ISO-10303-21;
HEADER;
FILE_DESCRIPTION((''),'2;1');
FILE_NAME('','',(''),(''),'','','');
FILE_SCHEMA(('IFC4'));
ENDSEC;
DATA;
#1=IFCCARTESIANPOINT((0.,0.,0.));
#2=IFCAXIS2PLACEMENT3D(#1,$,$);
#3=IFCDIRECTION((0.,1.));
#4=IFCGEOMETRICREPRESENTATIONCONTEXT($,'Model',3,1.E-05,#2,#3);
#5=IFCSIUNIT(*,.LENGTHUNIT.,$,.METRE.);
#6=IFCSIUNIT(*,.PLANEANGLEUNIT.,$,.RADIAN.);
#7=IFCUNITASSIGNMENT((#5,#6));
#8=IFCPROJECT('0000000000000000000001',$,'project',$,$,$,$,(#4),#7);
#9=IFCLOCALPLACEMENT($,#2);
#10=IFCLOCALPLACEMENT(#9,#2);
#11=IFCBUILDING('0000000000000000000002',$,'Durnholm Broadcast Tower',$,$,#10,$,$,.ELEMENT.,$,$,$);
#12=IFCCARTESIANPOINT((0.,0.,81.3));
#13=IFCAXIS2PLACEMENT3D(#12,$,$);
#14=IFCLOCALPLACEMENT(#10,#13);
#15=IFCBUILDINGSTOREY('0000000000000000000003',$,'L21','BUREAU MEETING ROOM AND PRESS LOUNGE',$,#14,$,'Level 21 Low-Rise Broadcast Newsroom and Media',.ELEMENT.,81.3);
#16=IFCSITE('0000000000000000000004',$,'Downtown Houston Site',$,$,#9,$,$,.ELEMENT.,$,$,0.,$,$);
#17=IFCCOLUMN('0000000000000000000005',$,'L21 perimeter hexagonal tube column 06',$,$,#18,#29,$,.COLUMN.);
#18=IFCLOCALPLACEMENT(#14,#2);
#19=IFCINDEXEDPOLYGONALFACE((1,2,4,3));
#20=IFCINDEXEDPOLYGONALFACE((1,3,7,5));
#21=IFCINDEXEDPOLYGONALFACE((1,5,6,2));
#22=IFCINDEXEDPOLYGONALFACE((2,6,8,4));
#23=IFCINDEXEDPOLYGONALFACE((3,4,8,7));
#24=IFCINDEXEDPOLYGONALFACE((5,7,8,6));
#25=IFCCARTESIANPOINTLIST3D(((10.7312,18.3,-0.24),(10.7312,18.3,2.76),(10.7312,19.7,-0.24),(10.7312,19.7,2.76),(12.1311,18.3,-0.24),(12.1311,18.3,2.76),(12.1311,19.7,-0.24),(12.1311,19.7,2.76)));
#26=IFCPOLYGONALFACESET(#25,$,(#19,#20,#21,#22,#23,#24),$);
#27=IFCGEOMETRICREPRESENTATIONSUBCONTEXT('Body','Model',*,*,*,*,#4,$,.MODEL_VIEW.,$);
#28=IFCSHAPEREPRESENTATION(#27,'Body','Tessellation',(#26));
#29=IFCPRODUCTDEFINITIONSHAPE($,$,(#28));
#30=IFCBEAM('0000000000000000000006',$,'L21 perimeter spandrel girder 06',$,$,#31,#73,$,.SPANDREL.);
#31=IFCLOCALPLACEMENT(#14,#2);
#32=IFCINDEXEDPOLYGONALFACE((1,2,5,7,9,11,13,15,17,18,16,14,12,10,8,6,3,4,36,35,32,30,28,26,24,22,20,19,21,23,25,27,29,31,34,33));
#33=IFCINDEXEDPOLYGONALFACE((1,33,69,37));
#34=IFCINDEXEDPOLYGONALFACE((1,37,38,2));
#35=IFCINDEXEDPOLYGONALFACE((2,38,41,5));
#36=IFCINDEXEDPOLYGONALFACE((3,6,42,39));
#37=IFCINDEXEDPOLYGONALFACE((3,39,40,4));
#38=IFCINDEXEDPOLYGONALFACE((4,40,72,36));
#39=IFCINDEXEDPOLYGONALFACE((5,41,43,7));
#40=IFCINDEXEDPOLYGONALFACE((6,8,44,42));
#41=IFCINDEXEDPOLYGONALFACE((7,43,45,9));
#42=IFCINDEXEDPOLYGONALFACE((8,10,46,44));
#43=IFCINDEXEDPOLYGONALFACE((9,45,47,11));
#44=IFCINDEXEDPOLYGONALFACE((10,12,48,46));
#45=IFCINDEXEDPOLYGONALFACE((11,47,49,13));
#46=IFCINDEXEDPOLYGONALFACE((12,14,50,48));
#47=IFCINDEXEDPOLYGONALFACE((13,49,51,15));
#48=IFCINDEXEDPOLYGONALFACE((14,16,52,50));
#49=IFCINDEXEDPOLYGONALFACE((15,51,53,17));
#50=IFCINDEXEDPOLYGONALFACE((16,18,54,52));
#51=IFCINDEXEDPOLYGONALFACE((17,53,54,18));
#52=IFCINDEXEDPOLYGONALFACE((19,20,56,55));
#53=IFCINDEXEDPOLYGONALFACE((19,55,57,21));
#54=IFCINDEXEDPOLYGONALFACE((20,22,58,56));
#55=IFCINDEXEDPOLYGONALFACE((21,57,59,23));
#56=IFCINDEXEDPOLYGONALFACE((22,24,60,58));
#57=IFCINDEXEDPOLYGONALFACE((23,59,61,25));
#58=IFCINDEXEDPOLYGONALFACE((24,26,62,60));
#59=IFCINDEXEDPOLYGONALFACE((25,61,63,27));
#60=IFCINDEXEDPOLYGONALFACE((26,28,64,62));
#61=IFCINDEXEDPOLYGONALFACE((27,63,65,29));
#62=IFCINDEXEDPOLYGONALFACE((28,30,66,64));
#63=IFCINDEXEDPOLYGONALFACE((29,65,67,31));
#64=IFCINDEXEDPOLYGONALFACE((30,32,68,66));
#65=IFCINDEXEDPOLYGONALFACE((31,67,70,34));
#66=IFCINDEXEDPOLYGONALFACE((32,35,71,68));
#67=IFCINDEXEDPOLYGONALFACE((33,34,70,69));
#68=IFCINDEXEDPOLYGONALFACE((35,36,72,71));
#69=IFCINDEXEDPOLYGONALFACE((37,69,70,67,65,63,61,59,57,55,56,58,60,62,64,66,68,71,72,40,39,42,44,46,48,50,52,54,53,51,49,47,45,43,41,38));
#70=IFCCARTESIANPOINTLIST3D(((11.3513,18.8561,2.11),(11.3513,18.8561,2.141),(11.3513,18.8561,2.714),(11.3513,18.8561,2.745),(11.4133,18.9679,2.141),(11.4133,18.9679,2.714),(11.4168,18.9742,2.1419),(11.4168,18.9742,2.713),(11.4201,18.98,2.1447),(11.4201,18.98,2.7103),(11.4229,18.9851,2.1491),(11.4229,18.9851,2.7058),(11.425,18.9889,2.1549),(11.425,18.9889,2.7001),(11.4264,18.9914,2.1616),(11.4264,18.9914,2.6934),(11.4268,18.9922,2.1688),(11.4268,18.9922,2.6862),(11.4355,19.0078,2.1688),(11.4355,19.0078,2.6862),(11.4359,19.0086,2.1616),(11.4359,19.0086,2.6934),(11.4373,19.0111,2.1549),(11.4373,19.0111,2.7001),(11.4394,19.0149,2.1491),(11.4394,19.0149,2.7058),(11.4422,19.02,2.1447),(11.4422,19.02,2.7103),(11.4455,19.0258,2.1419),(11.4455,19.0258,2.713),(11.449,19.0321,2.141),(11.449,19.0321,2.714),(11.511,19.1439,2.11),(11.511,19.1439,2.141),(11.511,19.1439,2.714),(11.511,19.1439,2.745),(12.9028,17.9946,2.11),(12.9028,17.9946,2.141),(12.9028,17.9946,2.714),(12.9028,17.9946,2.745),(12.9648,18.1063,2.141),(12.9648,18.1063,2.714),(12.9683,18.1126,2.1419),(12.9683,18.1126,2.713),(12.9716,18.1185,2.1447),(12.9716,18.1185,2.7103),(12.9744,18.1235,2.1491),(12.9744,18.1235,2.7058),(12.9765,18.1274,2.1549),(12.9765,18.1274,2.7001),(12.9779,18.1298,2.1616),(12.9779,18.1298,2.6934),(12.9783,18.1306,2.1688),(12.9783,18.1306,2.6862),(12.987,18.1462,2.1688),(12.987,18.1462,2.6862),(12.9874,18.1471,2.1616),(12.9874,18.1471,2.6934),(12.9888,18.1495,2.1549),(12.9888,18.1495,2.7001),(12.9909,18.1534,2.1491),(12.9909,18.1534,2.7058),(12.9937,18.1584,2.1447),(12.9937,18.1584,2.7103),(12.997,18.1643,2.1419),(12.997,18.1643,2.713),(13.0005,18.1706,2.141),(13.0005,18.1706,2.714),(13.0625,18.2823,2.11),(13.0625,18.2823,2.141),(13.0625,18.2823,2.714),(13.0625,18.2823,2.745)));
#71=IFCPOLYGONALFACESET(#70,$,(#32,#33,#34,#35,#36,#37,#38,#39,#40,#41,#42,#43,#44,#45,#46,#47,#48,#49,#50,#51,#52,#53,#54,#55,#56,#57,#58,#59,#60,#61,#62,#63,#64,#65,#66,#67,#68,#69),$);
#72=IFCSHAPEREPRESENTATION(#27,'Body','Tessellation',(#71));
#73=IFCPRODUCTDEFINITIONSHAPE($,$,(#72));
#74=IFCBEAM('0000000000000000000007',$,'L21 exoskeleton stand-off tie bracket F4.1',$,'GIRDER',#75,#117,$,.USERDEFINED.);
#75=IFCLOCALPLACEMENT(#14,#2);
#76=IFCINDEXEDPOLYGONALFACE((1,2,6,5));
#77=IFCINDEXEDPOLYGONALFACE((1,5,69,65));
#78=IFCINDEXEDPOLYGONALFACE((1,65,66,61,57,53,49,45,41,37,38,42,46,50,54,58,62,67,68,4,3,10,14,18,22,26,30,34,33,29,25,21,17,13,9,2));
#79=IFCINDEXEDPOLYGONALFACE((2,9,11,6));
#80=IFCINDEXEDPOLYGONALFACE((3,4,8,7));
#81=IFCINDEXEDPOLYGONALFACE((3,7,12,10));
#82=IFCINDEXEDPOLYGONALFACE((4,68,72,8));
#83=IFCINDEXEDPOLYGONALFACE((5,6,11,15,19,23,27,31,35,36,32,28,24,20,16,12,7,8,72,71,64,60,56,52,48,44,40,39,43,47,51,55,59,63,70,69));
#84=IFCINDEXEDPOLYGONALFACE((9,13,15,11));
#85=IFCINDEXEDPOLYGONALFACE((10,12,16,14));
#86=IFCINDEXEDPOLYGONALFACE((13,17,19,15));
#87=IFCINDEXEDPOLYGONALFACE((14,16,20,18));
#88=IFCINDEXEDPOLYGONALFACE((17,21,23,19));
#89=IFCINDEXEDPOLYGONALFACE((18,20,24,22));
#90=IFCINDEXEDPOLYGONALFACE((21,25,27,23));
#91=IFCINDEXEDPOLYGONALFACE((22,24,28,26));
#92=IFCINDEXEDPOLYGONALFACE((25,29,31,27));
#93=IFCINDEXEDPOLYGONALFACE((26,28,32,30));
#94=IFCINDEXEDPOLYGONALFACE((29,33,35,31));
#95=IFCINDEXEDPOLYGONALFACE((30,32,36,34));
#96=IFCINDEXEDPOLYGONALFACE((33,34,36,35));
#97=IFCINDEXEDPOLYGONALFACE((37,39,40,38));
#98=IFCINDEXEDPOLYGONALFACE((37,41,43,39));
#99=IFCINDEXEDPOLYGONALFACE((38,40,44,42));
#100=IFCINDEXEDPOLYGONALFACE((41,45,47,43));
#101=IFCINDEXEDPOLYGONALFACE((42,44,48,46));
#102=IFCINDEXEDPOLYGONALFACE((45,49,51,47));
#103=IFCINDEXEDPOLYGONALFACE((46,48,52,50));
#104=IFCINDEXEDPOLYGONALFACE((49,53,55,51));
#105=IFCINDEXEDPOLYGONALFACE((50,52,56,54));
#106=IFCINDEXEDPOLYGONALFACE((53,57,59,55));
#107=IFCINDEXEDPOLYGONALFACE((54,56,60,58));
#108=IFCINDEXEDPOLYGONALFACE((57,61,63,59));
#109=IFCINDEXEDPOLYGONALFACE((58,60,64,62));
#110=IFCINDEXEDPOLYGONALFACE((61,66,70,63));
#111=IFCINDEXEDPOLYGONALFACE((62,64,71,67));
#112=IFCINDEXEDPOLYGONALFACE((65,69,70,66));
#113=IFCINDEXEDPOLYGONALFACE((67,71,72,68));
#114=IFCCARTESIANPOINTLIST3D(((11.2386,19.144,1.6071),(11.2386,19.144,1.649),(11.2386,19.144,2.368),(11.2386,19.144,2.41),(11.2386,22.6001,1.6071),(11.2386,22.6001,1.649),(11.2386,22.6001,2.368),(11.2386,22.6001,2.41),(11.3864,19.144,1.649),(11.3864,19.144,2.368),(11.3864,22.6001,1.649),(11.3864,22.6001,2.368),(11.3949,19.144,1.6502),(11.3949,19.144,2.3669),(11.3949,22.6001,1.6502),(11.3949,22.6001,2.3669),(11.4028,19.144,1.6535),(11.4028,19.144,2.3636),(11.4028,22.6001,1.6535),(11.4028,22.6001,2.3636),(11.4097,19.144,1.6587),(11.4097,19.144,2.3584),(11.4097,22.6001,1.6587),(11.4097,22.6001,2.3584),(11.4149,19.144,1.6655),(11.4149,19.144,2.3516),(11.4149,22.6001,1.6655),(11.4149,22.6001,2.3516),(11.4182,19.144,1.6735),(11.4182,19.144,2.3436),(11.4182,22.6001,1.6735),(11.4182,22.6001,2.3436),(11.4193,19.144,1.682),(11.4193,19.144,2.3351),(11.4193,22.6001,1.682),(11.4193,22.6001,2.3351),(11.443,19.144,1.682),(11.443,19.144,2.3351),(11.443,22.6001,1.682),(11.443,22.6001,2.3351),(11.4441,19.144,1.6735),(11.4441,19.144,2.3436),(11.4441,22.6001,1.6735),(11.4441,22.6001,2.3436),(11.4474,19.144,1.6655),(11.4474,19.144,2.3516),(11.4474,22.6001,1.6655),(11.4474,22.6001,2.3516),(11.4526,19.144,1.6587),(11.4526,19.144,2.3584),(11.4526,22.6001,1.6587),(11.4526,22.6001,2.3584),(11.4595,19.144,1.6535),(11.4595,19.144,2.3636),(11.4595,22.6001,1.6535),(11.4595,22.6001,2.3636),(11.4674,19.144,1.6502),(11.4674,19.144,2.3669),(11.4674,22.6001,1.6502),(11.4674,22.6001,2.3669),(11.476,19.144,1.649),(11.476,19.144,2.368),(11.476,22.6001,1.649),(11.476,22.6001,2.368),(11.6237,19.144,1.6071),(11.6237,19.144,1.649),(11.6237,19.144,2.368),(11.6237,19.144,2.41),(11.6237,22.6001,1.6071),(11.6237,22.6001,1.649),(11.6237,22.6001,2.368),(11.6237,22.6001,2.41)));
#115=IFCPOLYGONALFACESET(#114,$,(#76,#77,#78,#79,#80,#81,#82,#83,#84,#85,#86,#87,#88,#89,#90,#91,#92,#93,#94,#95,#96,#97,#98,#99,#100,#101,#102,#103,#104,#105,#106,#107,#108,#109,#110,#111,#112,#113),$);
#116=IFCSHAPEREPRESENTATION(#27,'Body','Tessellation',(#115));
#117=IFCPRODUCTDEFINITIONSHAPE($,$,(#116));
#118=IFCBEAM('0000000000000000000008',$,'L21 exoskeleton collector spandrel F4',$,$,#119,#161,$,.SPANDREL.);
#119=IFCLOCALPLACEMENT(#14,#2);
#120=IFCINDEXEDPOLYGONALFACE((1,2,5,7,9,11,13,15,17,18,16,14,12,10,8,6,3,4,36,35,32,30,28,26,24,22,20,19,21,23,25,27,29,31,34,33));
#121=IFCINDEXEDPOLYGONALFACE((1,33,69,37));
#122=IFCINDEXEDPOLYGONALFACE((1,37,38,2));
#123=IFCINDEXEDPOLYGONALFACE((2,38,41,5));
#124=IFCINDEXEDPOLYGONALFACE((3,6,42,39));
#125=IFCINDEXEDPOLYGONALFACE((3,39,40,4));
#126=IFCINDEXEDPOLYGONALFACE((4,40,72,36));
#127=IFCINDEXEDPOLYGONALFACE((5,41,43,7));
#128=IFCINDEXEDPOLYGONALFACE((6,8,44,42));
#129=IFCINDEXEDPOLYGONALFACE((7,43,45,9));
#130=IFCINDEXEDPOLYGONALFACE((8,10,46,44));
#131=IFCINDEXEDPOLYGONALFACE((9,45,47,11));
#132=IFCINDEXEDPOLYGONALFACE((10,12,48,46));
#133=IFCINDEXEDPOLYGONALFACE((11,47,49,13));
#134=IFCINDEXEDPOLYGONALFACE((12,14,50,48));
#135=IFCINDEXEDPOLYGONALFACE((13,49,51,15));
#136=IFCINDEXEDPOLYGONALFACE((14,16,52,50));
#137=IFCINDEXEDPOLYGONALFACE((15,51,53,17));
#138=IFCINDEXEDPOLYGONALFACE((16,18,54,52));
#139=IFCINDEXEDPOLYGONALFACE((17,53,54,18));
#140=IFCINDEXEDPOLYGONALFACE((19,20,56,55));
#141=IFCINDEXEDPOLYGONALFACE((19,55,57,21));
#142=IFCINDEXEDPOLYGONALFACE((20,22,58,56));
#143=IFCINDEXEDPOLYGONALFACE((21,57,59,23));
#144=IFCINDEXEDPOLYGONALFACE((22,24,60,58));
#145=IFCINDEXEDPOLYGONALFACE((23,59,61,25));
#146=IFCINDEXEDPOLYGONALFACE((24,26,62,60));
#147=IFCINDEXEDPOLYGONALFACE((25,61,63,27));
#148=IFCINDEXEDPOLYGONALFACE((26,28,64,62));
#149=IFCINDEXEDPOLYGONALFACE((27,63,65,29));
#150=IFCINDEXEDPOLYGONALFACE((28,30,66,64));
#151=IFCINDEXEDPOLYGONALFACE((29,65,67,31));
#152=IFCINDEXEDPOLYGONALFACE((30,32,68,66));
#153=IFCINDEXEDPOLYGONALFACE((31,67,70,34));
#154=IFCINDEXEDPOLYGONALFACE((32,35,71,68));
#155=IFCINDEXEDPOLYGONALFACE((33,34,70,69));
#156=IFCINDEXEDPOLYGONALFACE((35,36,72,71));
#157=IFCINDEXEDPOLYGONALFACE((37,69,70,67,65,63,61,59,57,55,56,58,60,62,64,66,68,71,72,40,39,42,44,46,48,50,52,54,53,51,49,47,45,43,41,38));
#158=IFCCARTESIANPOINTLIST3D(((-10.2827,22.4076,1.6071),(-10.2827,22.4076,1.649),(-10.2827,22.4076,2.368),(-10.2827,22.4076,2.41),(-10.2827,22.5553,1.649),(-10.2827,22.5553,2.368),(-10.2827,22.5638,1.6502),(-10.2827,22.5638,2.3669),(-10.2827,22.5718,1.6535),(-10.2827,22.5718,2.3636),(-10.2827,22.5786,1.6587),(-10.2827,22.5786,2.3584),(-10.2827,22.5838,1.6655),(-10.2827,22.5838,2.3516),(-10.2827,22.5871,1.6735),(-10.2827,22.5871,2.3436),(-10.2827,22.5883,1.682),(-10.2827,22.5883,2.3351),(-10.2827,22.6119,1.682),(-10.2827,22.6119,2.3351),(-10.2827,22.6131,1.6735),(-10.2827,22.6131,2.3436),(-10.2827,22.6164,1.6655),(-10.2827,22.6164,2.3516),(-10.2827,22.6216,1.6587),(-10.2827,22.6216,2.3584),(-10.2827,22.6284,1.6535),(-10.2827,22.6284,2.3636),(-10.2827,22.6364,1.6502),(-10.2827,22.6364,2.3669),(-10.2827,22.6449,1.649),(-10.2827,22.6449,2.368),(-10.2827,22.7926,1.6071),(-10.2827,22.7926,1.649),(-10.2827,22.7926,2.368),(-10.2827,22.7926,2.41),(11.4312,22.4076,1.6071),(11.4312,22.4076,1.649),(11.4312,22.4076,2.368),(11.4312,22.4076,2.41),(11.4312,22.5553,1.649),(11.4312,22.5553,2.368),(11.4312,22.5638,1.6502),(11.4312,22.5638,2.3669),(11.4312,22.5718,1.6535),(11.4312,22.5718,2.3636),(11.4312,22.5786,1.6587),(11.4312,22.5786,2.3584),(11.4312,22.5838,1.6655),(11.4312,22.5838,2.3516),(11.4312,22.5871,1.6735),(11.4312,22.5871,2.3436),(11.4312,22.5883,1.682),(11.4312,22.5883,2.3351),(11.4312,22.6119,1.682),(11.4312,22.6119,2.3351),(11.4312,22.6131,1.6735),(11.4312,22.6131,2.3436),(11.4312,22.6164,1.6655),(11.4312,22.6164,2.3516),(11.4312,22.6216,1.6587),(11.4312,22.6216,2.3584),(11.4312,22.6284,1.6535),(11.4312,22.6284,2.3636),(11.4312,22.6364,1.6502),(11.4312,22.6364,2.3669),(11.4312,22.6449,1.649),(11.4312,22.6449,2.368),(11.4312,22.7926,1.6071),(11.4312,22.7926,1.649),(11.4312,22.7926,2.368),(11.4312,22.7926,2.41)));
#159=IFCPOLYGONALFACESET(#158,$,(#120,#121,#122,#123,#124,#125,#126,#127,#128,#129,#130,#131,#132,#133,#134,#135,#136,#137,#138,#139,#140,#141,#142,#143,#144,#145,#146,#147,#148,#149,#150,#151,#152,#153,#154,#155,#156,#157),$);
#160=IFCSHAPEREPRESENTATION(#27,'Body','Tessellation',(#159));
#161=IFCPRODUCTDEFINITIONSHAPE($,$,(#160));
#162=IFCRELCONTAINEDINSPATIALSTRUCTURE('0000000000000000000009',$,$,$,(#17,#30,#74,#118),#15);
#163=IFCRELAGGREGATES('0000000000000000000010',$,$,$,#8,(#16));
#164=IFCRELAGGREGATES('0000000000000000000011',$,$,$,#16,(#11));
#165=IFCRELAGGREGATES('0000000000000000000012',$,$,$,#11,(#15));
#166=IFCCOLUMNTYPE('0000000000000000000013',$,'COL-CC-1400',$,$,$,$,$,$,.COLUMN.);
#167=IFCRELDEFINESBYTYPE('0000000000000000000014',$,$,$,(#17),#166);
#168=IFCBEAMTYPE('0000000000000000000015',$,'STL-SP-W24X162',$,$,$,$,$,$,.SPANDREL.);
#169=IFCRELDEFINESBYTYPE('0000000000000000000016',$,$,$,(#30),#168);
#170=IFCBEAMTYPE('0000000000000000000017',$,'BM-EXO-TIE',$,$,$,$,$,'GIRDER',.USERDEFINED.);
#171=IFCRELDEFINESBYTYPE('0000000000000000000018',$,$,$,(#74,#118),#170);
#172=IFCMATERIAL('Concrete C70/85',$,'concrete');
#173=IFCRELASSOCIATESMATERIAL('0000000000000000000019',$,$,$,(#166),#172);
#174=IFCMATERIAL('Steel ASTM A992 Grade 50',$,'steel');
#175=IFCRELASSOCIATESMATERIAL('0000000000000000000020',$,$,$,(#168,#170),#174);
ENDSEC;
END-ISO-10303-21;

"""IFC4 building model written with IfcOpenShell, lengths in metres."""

from ifc_helpers import new_model, si_unit, direction, frame, origin, origin_2d, place, context, subcontext, project, spatial, rectangle, i_section, extrude, source, transform, mapped, material, material_profile, profile_set, type_object, type_shapes, element, save


model = new_model("IFC4")

# Units and contexts
model_context = context("Model", 3, precision=1e-05, world=origin(), true_north=direction((0.0, 1.0)))
body_context = subcontext(model_context, "Body", "Model", "MODEL_VIEW")
ifc_project = project(units=[si_unit("LENGTHUNIT", "METRE"), si_unit("PLANEANGLEUNIT", "RADIAN")], contexts=[model_context])

# Site, building, storey
site_placement = place(None, origin())
site = spatial("IfcSite", under=ifc_project, at=site_placement, Name="Downtown Houston Site", CompositionType="ELEMENT", RefElevation=0.0)
building_placement = place(site_placement, origin())
building = spatial("IfcBuilding", under=site, at=building_placement, Name="Durnholm Broadcast Tower", CompositionType="ELEMENT")
storey_placement = place(building_placement, frame((0.0, 0.0, 81.3)))
storey = spatial("IfcBuildingStorey", under=building, at=storey_placement, Name="L21", Description="BUREAU MEETING ROOM AND PRESS LOUNGE", LongName="Level 21 Low-Rise Broadcast Newsroom and Media", CompositionType="ELEMENT", Elevation=81.3)

# Column
ifc_material_1 = material(Name="Concrete C70/85", Category="concrete")
ifc_material_profile_1 = material_profile(ifc_material_1, rectangle(XDim=1.3999, YDim=1.3999, at=origin_2d()), Name="RC1400X1400")
ifc_profile_set_1 = profile_set([ifc_material_profile_1], Name="Concrete C70/85")
column_type = type_object("IfcColumnType", Name="COL-CC-1400", PredefinedType="COLUMN", material=ifc_profile_set_1)
shared_shape_1 = source(origin(), body_context, "Body", "SweptSolid", [
    extrude(rectangle(XDim=1.3999, YDim=1.3999, at=origin_2d()), origin(), (0.0, 0.0, 1.0), 3.0),
])
type_shapes(column_type, [shared_shape_1])
column_placement = place(storey_placement, frame((11.4312, 19.0, -0.24), z_axis=(0.0, 0.0, 1.0), x_axis=(1.0, 0.0, 0.0)))
element("IfcColumn", 1, at=column_placement, inside=storey, type_object=column_type, Name="L21 perimeter hexagonal tube column 06", PredefinedType="COLUMN", context=body_context, shape_type="MappedRepresentation", body=[
    mapped(shared_shape_1, transform((0.0, 0.0, 0.0), x_axis=(1.0, 0.0, 0.0), y_axis=(0.0, 1.0, 0.0), z_axis=(0.0, 0.0, 1.0), scale=1.0)),
])

# Beams
ifc_material_2 = material(Name="Steel ASTM A992 Grade 50", Category="steel")
ifc_material_profile_2 = material_profile(ifc_material_2, i_section(OverallWidth=0.3291, OverallDepth=0.635, WebThickness=0.0178, FlangeThickness=0.031, FilletRadius=0.0278, at=origin_2d()), Name="W24X162")
ifc_profile_set_2 = profile_set([ifc_material_profile_2], Name="Steel ASTM A992 Grade 50")
beam_type_1 = type_object("IfcBeamType", Name="STL-SP-W24X162", PredefinedType="SPANDREL", material=ifc_profile_set_2)
shared_shape_2 = source(origin(), body_context, "Body", "SweptSolid", [
    extrude(i_section(OverallWidth=0.3291, OverallDepth=0.635, WebThickness=0.0178, FlangeThickness=0.031, FilletRadius=0.0278, at=origin_2d()), origin(), (0.0, 0.0, 1.0), 1.7747),
])
type_shapes(beam_type_1, [shared_shape_2])
beam_1_placement = place(storey_placement, frame((11.4312, 19.0, 2.4275), z_axis=(0.874248, -0.485479, 0.0), x_axis=(0.485479, 0.874248, 0.0)))
element("IfcBeam", 2, at=beam_1_placement, inside=storey, type_object=beam_type_1, Name="L21 perimeter spandrel girder 06", PredefinedType="SPANDREL", context=body_context, shape_type="MappedRepresentation", body=[
    mapped(shared_shape_2, transform((0.0, 0.0, 0.0), x_axis=(1.0, 0.0, 0.0), y_axis=(0.0, 1.0, 0.0), z_axis=(0.0, 0.0, 1.0), scale=1.0)),
])
ifc_material_profile_3 = material_profile(ifc_material_2, i_section(OverallWidth=0.385, OverallDepth=0.803, WebThickness=0.0237, FlangeThickness=0.042, FilletRadius=0.033, at=origin_2d()), Name="W30X261")
ifc_profile_set_3 = profile_set([ifc_material_profile_3], Name="Steel ASTM A992 Grade 50")
beam_type_2 = type_object("IfcBeamType", Name="BM-EXO-TIE", ElementType="GIRDER", PredefinedType="USERDEFINED", material=ifc_profile_set_3)
shared_shape_3 = source(origin(), body_context, "Body", "SweptSolid", [
    extrude(i_section(OverallWidth=0.385, OverallDepth=0.803, WebThickness=0.0237, FlangeThickness=0.042, FilletRadius=0.033, at=origin_2d()), origin(), (0.0, 0.0, 1.0), 3.4561),
])
beam_2_placement = place(storey_placement, frame((11.4312, 19.144, 2.0085), z_axis=(0.0, 1.0, 0.0), x_axis=(-1.0, 0.0, 0.0)))
element("IfcBeam", 3, at=beam_2_placement, inside=storey, type_object=beam_type_2, Name="L21 exoskeleton stand-off tie bracket F4.1", ObjectType="GIRDER", PredefinedType="USERDEFINED", context=body_context, shape_type="MappedRepresentation", body=[
    mapped(shared_shape_3, transform((0.0, 0.0, 0.0), x_axis=(1.0, 0.0, 0.0), y_axis=(0.0, 1.0, 0.0), z_axis=(0.0, 0.0, 1.0), scale=1.0)),
])
shared_shape_4 = source(origin(), body_context, "Body", "SweptSolid", [
    extrude(i_section(OverallWidth=0.385, OverallDepth=0.803, WebThickness=0.0237, FlangeThickness=0.042, FilletRadius=0.033, at=origin_2d()), origin(), (0.0, 0.0, 1.0), 21.7139),
])
type_shapes(beam_type_2, [shared_shape_3, shared_shape_4])
beam_3_placement = place(storey_placement, frame((11.4312, 22.6001, 2.0085), z_axis=(-1.0, 0.0, 0.0), x_axis=(0.0, -1.0, 0.0)))
element("IfcBeam", 4, at=beam_3_placement, inside=storey, type_object=beam_type_2, Name="L21 exoskeleton collector spandrel F4", PredefinedType="SPANDREL", context=body_context, shape_type="MappedRepresentation", body=[
    mapped(shared_shape_4, transform((0.0, 0.0, 0.0), x_axis=(1.0, 0.0, 0.0), y_axis=(0.0, 1.0, 0.0), z_axis=(0.0, 0.0, 1.0), scale=1.0)),
])

save(model, "model.ifc")
